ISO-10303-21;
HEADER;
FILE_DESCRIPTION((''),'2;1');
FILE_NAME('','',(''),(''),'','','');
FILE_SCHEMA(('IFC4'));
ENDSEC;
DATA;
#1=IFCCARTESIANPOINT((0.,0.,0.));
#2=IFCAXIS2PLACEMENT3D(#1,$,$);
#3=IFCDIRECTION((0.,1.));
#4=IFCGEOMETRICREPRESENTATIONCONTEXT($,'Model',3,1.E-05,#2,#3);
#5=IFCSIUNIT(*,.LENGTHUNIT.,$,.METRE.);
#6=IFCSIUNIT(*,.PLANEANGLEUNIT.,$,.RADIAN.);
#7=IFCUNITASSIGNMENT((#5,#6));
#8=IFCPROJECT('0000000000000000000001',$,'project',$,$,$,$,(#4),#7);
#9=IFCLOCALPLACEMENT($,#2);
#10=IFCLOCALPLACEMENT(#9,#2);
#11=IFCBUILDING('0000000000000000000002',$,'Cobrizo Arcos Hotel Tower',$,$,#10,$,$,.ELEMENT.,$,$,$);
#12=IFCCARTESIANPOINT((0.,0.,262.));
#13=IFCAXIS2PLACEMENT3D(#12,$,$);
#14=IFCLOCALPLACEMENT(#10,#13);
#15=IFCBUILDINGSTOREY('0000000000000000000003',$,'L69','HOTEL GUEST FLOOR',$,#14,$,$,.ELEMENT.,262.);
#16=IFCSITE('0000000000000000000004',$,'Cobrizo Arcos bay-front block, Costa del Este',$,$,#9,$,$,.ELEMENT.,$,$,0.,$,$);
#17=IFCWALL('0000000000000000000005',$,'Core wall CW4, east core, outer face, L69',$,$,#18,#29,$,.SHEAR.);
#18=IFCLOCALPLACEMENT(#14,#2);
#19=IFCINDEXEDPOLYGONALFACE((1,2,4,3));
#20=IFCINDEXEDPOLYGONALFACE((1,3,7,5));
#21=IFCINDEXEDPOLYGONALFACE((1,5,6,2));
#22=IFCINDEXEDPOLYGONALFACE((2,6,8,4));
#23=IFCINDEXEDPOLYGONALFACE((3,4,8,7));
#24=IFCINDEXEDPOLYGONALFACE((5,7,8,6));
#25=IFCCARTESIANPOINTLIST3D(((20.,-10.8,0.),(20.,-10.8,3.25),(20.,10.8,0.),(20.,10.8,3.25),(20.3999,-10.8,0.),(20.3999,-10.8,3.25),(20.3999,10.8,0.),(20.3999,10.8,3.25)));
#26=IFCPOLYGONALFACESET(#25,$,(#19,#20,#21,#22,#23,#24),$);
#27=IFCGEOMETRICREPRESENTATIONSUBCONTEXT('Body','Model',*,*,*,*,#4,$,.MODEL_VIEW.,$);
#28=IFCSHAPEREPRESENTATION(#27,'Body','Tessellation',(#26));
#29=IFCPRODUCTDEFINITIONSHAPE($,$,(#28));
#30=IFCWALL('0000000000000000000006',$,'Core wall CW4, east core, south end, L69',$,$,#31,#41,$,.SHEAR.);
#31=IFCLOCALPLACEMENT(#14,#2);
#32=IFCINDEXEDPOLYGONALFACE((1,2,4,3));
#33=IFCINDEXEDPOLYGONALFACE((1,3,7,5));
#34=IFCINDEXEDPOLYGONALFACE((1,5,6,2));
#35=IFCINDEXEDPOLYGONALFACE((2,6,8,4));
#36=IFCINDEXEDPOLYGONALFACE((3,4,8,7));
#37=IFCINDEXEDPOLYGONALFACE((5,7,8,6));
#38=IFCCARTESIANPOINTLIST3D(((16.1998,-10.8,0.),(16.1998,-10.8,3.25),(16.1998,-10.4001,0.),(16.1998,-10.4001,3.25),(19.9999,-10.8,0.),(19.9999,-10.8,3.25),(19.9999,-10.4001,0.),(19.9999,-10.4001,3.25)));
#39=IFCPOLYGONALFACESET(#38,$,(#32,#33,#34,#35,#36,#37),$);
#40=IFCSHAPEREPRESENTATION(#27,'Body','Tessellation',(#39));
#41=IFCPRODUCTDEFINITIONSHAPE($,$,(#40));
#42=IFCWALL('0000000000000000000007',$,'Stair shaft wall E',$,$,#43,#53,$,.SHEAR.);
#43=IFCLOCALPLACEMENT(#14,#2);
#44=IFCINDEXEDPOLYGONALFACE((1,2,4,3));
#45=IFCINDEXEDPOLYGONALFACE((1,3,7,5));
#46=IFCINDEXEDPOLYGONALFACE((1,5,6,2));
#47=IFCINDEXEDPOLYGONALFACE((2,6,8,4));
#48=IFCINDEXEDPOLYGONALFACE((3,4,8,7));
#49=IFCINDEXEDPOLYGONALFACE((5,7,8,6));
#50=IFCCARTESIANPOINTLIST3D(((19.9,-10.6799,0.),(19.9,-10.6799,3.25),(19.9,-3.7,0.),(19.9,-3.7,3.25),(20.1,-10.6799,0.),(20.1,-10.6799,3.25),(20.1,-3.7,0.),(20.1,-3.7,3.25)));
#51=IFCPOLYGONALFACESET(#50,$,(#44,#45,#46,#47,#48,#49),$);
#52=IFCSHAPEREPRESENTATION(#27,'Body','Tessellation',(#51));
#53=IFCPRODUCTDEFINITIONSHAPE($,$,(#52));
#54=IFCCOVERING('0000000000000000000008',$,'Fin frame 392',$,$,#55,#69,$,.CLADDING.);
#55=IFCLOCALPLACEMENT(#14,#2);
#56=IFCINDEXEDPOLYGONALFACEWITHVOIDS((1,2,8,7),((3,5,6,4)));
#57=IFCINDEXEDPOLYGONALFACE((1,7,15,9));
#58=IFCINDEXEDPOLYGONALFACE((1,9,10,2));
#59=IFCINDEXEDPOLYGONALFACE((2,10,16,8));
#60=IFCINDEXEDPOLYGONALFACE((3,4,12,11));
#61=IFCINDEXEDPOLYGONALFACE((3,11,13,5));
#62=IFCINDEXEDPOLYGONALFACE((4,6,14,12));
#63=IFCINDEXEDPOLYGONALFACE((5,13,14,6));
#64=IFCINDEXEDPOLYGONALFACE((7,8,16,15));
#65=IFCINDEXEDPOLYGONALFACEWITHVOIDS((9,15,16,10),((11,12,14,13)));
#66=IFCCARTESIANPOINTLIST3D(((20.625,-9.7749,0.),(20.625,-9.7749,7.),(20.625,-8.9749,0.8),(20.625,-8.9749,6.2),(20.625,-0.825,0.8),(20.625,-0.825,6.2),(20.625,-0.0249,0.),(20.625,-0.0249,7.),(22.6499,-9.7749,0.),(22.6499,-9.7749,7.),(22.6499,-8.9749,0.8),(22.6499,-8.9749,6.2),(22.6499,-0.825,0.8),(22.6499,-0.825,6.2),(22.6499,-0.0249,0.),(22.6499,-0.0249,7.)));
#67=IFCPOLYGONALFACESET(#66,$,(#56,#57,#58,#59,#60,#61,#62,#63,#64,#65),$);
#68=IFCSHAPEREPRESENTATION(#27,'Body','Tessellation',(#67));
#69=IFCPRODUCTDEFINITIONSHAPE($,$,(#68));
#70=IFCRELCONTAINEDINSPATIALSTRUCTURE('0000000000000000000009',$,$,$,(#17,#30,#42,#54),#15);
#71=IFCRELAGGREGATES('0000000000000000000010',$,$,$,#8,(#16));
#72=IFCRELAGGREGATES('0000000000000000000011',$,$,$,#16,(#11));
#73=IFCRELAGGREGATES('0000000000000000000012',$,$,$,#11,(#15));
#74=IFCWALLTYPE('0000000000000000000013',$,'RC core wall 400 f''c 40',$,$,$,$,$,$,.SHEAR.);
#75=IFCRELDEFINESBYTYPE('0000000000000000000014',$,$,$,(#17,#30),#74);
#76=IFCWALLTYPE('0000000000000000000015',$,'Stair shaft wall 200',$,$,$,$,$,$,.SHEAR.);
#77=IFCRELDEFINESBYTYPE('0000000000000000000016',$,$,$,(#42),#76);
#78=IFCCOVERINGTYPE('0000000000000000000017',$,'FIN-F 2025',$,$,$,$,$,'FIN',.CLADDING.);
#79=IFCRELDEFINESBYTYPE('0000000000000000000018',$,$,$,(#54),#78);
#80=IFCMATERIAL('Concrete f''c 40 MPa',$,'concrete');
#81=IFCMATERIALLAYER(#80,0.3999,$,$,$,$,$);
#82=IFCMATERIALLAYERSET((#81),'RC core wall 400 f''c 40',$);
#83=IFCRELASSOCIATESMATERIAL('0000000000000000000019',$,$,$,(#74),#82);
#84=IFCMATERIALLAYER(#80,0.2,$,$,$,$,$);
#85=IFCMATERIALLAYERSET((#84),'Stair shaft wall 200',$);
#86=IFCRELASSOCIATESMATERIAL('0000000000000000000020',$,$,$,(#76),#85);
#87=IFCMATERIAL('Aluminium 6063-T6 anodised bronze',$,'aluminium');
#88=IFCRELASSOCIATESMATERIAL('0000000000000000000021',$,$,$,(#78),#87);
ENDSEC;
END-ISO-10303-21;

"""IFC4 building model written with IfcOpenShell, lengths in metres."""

from ifc_helpers import new_model, si_unit, direction, frame, frame_2d, origin, place, context, subcontext, project, spatial, polyline, rectangle, outline, extrude, material, layer, layer_set, type_object, element, save


model = new_model("IFC4")

# Units and contexts
model_context = context("Model", 3, precision=1e-05, world=origin(), true_north=direction((0.0, 1.0)))
body_context = subcontext(model_context, "Body", "Model", "MODEL_VIEW")
ifc_project = project(units=[si_unit("LENGTHUNIT", "METRE"), si_unit("PLANEANGLEUNIT", "RADIAN")], contexts=[model_context])

# Site, building, storey
site_placement = place(None, origin())
site = spatial("IfcSite", under=ifc_project, at=site_placement, Name="Cobrizo Arcos bay-front block, Costa del Este", CompositionType="ELEMENT", RefElevation=0.0)
building_placement = place(site_placement, origin())
building = spatial("IfcBuilding", under=site, at=building_placement, Name="Cobrizo Arcos Hotel Tower", CompositionType="ELEMENT")
storey_placement = place(building_placement, frame((0.0, 0.0, 262.0)))
storey = spatial("IfcBuildingStorey", under=building, at=storey_placement, Name="L69", Description="HOTEL GUEST FLOOR", CompositionType="ELEMENT", Elevation=262.0)

# Shared definitions
ifc_material_1 = material(Name="Aluminium 6063-T6 anodised bronze", Category="aluminium")

# Shared definitions
ifc_material_2 = material(Name="Concrete f'c 40 MPa", Category="concrete")
ifc_layer_1 = layer(ifc_material_2, 0.3999)
ifc_layer_set_1 = layer_set([ifc_layer_1], Name="RC core wall 400 f'c 40")
wall_type_1 = type_object("IfcWallType", Name="RC core wall 400 f'c 40", PredefinedType="SHEAR", material=ifc_layer_set_1)

# Walls
wall_1_placement = place(storey_placement, frame((20.2, -10.8, 0.0), z_axis=(0.0, 0.0, 1.0), x_axis=(0.0, 1.0, 0.0)))
element("IfcWall", 1, at=wall_1_placement, inside=storey, type_object=wall_type_1, Name="Core wall CW4, east core, outer face, L69", PredefinedType="SHEAR", context=body_context, shape_type="SweptSolid", body=[
    extrude(rectangle(XDim=21.6001, YDim=0.3999, at=frame_2d((10.8, 0.0))), origin(), (0.0, 0.0, 1.0), 3.25),
])
wall_2_placement = place(storey_placement, frame((16.2, -10.6001, 0.0), z_axis=(0.0, 0.0, 1.0), x_axis=(1.0, 0.0, 0.0)))
element("IfcWall", 2, at=wall_2_placement, inside=storey, type_object=wall_type_1, Name="Core wall CW4, east core, south end, L69", PredefinedType="SHEAR", context=body_context, shape_type="SweptSolid", body=[
    extrude(rectangle(XDim=3.8, YDim=0.3999, at=frame_2d((1.8999, 0.0))), origin(), (0.0, 0.0, 1.0), 3.25),
])
ifc_layer_2 = layer(ifc_material_2, 0.2)
ifc_layer_set_2 = layer_set([ifc_layer_2], Name="Stair shaft wall 200")
wall_type_2 = type_object("IfcWallType", Name="Stair shaft wall 200", PredefinedType="SHEAR", material=ifc_layer_set_2)
wall_3_placement = place(storey_placement, frame((20.0, -10.6799, 0.0), z_axis=(0.0, 0.0, 1.0), x_axis=(0.0, 1.0, 0.0)))
element("IfcWall", 3, at=wall_3_placement, inside=storey, type_object=wall_type_2, Name="Stair shaft wall E", PredefinedType="SHEAR", context=body_context, shape_type="SweptSolid", body=[
    extrude(rectangle(XDim=6.98, YDim=0.2, at=frame_2d((3.49, 0.0))), origin(), (0.0, 0.0, 1.0), 3.25),
])

# Covering
covering_type = type_object("IfcCoveringType", Name="FIN-F 2025", ElementType="FIN", PredefinedType="CLADDING", material=ifc_material_1)
covering_placement = place(storey_placement, frame((20.625, -9.7749, 0.0), z_axis=(1.0, 0.0, 0.0), x_axis=(0.0, 1.0, 0.0)))
element("IfcCovering", 4, at=covering_placement, inside=storey, type_object=covering_type, Name="Fin frame 392", PredefinedType="CLADDING", context=body_context, shape_type="SweptSolid", body=[
    extrude(outline(polyline([(0.0, 7.0), (0.0, 0.0), (9.75, 0.0), (9.75, 7.0), (0.0, 7.0)]), holes=[polyline([(8.95, 0.8), (0.8, 0.8), (0.8, 6.2), (8.95, 6.2), (8.95, 0.8)])]), origin(), (0.0, 0.0, 1.0), 2.0249),
])

save(model, "model.ifc")
